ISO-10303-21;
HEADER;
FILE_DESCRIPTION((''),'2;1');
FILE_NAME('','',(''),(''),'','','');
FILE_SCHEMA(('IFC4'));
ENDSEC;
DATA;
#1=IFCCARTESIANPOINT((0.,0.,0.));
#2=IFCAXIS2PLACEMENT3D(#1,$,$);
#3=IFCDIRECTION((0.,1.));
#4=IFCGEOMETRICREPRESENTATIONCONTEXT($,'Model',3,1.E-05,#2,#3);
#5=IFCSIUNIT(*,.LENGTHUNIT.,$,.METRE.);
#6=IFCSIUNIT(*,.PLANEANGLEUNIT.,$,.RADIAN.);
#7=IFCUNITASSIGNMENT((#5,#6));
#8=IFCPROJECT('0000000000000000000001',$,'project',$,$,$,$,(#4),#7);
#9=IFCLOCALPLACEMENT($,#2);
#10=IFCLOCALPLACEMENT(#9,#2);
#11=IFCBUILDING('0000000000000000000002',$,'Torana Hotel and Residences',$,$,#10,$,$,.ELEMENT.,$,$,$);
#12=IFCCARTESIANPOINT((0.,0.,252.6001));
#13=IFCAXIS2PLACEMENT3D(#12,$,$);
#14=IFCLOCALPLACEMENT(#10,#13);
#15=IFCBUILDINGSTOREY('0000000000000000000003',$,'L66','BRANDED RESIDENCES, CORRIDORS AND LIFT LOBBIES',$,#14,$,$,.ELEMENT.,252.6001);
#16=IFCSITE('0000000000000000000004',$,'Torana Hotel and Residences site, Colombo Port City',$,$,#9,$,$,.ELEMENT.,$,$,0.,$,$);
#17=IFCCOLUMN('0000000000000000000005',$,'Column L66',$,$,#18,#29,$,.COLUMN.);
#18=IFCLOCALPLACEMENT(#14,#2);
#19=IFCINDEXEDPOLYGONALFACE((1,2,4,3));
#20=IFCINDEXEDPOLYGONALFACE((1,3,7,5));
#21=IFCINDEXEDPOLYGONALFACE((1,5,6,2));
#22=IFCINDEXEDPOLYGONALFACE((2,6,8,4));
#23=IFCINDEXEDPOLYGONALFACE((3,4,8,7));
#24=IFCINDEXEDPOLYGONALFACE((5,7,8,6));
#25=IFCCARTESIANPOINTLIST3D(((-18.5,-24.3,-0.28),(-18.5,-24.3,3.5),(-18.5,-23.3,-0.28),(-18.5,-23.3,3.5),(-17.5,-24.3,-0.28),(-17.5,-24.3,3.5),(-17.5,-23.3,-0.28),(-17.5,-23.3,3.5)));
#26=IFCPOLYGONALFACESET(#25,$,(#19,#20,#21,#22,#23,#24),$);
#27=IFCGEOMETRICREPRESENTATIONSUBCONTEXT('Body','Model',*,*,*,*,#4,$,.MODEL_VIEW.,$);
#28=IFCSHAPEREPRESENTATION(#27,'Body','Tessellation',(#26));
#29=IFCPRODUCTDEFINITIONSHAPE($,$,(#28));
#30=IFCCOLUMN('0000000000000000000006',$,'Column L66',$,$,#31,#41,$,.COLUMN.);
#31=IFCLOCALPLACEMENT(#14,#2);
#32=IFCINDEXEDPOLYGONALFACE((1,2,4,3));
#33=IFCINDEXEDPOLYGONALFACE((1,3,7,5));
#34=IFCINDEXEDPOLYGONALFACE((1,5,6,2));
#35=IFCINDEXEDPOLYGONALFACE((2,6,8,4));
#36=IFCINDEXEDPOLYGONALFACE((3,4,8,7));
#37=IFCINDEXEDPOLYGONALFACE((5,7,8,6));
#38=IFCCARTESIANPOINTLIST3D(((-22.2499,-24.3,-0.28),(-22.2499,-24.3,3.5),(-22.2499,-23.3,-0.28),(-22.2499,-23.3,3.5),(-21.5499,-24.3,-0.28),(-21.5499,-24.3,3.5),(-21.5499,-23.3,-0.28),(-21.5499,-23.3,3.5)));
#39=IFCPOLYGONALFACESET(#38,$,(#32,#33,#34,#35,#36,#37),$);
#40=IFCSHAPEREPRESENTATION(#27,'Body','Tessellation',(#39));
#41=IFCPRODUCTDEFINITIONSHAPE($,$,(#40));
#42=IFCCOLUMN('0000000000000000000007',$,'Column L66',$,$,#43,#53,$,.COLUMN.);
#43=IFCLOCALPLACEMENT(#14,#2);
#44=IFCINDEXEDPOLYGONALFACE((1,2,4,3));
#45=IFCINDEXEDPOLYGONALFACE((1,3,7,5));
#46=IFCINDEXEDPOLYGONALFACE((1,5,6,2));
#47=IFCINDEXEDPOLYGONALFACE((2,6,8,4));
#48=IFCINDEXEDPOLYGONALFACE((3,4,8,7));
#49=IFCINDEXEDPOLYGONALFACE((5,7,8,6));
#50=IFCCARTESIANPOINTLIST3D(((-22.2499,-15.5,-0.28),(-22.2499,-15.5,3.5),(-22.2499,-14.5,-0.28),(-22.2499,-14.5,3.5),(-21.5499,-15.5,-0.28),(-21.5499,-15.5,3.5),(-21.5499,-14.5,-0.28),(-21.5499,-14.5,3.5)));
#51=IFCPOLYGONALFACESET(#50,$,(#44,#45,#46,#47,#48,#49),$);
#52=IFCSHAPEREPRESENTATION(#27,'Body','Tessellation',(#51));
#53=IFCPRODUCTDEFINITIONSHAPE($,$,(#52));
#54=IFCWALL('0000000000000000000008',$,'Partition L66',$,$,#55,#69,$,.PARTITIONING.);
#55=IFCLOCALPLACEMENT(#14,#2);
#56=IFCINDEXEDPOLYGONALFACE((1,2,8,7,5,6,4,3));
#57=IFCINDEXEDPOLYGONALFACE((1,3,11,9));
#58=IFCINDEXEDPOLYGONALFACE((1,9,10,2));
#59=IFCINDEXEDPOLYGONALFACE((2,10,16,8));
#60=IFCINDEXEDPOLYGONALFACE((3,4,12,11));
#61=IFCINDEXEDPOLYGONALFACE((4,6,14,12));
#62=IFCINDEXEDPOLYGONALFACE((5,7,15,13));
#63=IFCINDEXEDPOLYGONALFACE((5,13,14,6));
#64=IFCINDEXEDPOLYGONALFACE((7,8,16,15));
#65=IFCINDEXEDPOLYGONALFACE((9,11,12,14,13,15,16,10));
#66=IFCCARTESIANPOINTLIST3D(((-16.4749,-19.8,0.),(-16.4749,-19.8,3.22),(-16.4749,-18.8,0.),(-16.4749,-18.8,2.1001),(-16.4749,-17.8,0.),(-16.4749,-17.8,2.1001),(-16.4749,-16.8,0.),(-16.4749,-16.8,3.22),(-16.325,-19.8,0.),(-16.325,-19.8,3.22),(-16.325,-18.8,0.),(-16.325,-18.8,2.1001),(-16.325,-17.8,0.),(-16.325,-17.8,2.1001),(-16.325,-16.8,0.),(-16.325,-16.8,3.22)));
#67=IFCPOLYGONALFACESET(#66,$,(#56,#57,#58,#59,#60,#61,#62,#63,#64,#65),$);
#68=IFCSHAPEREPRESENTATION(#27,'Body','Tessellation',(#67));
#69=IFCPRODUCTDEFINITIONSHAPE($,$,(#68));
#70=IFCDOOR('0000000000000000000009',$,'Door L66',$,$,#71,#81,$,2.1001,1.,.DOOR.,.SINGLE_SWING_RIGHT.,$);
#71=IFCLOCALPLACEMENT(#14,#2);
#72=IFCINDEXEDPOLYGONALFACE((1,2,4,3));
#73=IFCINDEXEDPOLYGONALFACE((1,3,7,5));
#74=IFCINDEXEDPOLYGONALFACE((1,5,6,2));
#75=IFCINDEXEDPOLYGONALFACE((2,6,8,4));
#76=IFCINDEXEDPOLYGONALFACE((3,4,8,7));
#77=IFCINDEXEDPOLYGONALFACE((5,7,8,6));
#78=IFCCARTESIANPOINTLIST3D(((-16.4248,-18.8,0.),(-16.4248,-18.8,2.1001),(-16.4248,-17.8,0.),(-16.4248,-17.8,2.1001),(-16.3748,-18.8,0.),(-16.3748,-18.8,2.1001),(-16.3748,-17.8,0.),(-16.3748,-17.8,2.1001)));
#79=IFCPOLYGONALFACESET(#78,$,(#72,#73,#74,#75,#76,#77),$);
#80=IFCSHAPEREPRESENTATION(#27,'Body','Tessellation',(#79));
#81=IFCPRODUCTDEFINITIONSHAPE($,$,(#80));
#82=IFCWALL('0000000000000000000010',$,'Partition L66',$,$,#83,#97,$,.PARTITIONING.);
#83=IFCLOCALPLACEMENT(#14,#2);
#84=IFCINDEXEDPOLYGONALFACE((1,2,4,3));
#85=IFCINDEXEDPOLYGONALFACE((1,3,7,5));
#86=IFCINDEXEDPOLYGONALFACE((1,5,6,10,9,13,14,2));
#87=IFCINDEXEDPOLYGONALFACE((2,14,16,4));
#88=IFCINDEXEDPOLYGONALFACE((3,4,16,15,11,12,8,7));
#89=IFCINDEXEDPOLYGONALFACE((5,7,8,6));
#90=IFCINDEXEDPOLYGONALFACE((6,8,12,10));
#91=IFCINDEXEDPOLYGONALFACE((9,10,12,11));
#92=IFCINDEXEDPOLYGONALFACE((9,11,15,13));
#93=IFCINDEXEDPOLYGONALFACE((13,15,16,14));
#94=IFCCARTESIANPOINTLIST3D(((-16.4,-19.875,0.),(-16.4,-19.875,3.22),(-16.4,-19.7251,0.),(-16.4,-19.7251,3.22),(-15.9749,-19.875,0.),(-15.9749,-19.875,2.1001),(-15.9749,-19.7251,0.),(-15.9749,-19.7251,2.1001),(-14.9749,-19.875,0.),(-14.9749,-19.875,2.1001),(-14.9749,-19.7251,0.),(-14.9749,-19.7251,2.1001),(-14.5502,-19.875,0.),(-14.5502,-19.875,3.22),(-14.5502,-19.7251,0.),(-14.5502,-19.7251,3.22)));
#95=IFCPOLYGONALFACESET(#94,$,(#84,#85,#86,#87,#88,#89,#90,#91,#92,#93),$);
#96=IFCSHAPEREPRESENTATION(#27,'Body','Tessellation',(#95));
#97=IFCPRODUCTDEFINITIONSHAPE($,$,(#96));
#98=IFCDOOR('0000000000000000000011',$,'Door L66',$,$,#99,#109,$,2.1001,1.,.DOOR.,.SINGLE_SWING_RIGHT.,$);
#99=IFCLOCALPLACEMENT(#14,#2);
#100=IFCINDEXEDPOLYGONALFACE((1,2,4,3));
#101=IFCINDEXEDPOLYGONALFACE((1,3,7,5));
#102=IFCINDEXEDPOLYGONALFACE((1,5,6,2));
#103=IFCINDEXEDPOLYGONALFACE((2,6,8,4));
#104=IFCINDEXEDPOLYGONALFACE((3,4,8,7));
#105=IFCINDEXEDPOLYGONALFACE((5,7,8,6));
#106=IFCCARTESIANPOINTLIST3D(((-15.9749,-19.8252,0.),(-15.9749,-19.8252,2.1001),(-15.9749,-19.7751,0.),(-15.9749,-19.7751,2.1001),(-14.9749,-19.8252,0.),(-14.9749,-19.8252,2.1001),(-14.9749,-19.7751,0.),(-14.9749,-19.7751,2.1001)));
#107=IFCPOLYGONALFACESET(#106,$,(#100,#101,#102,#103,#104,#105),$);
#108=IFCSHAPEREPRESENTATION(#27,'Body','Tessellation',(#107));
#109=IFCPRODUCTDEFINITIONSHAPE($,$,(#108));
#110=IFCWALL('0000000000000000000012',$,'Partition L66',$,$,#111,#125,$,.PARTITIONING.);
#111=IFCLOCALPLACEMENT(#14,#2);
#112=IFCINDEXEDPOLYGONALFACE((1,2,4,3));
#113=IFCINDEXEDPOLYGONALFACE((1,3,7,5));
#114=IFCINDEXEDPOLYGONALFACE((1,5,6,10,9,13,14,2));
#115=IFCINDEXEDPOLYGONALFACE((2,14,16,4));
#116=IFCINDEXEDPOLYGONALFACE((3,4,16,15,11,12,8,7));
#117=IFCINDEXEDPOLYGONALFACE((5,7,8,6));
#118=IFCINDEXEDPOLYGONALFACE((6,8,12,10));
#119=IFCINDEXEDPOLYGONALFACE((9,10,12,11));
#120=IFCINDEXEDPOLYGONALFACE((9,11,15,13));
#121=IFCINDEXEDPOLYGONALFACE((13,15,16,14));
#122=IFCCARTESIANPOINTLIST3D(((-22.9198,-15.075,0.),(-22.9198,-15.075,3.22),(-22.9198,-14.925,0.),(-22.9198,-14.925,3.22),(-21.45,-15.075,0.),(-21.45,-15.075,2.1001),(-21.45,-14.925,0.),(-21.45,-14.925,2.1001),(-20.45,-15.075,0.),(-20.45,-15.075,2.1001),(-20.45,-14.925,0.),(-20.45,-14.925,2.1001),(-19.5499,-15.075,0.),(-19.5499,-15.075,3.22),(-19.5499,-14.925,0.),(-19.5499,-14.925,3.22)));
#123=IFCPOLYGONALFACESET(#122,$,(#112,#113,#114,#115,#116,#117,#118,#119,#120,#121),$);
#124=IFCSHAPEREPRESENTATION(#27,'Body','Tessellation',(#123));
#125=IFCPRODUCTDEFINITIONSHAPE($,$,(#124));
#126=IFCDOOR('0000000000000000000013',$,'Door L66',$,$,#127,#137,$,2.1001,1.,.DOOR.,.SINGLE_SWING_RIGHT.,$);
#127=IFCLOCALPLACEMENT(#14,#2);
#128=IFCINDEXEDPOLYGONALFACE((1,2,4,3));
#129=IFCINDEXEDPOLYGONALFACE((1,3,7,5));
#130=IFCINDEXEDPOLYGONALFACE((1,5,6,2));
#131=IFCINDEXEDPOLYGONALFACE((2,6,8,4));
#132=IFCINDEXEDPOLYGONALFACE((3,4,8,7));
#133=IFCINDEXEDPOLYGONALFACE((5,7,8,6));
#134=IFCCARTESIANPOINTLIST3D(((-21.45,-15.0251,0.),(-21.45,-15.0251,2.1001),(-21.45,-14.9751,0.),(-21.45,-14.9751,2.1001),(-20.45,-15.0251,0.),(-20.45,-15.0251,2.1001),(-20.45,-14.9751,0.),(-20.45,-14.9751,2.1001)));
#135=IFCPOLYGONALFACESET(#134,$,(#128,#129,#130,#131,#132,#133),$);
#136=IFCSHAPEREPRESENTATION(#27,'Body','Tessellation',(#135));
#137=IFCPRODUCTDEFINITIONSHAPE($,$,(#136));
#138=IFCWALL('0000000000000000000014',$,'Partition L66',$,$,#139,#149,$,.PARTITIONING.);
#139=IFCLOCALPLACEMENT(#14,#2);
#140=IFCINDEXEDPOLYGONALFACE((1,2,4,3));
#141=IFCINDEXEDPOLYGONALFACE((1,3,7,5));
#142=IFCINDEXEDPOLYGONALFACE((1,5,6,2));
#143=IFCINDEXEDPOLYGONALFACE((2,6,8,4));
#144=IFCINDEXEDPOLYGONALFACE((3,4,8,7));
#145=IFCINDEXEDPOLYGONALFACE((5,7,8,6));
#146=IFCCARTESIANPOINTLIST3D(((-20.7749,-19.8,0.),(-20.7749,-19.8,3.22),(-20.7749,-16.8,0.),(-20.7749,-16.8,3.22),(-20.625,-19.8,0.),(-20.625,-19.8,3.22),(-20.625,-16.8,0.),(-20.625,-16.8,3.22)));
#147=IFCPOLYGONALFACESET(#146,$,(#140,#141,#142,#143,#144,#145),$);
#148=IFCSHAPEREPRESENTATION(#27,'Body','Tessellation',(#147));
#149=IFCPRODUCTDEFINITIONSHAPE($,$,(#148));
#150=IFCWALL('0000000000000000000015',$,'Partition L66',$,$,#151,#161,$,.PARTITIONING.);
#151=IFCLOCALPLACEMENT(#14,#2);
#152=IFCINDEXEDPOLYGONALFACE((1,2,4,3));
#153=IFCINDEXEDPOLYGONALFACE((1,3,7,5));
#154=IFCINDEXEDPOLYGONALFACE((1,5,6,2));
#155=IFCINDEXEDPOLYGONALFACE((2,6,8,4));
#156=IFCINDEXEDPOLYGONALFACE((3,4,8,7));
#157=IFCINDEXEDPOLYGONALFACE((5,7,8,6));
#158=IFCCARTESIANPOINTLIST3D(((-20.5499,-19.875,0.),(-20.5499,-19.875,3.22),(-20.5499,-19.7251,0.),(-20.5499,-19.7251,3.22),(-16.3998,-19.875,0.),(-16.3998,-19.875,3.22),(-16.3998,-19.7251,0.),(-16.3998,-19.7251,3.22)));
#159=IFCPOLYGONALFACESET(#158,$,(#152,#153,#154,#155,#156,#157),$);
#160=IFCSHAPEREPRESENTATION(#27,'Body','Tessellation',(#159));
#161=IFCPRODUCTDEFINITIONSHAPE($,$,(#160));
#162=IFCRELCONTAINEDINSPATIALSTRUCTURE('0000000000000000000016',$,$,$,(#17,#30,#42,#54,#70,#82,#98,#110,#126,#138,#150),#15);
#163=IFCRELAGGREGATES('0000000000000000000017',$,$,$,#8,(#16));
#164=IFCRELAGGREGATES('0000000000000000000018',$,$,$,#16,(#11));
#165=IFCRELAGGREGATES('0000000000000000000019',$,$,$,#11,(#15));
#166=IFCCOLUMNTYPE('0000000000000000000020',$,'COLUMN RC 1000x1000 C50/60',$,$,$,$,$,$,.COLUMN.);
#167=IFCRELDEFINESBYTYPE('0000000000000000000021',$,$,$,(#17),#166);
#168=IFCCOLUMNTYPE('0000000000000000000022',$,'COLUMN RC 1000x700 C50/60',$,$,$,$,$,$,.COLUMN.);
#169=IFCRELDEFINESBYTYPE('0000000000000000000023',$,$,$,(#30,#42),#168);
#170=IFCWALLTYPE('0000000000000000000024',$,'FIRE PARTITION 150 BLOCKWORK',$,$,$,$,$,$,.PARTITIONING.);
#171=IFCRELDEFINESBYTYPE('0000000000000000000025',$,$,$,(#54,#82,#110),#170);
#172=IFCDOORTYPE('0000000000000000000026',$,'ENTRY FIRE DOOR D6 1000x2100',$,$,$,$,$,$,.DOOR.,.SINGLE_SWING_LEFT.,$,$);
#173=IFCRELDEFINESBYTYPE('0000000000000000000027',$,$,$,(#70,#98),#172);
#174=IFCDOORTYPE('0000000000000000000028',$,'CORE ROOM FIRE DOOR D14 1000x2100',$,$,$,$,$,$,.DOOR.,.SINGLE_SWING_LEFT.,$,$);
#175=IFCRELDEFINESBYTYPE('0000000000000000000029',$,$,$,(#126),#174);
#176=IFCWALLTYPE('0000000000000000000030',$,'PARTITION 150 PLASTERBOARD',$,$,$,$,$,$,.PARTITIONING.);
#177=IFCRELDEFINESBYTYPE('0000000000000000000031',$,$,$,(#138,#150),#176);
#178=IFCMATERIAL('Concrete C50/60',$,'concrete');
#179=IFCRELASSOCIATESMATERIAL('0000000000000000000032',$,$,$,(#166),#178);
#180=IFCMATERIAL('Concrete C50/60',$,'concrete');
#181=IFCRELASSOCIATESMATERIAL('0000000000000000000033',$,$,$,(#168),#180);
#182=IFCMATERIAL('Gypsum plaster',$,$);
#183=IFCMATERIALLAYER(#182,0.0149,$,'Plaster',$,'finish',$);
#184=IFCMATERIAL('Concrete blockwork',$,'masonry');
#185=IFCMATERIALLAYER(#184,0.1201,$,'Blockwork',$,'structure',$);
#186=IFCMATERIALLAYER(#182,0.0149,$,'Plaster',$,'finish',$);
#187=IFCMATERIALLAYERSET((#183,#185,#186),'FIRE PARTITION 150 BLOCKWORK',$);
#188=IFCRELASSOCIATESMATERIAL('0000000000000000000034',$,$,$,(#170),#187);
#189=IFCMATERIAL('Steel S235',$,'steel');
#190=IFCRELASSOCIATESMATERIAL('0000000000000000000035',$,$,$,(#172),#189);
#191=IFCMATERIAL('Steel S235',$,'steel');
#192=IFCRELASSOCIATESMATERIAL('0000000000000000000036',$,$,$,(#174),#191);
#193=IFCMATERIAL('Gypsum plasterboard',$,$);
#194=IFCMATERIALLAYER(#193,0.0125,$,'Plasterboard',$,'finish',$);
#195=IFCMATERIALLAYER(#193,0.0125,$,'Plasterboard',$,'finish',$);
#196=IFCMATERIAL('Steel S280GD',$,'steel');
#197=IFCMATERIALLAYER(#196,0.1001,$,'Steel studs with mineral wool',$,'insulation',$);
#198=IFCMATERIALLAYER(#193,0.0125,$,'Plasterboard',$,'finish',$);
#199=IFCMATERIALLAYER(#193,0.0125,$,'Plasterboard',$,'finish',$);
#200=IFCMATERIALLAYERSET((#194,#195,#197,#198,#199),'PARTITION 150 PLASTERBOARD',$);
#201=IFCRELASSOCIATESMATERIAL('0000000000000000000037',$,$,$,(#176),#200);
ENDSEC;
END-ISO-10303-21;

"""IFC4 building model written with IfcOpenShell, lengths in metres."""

from ifc_helpers import new_model, si_unit, direction, frame, frame_2d, origin, origin_2d, place, context, subcontext, project, spatial, rectangle, extrude, material, layer, layer_set, material_profile, profile_set, type_object, element, fill, save


model = new_model("IFC4")

# Units and contexts
model_context = context("Model", 3, precision=1e-05, world=origin(), true_north=direction((0.0, 1.0)))
body_context = subcontext(model_context, "Body", "Model", "MODEL_VIEW")
ifc_project = project(units=[si_unit("LENGTHUNIT", "METRE"), si_unit("PLANEANGLEUNIT", "RADIAN")], contexts=[model_context])

# Site, building, storey
site_placement = place(None, origin())
site = spatial("IfcSite", under=ifc_project, at=site_placement, Name="Torana Hotel and Residences site, Colombo Port City", CompositionType="ELEMENT", RefElevation=0.0)
building_placement = place(site_placement, origin())
building = spatial("IfcBuilding", under=site, at=building_placement, Name="Torana Hotel and Residences", CompositionType="ELEMENT")
storey_placement = place(building_placement, frame((0.0, 0.0, 252.6001)))
storey = spatial("IfcBuildingStorey", under=building, at=storey_placement, Name="L66", Description="BRANDED RESIDENCES, CORRIDORS AND LIFT LOBBIES", CompositionType="ELEMENT", Elevation=252.6001)

# Columns
ifc_material_1 = material(Name="Concrete C50/60", Category="concrete")
ifc_material_profile_1 = material_profile(ifc_material_1, rectangle(XDim=1.0, YDim=1.0, at=origin_2d()), Name="RC 1000x1000")
ifc_profile_set_1 = profile_set([ifc_material_profile_1], Name="Concrete C50/60")
column_type_1 = type_object("IfcColumnType", Name="COLUMN RC 1000x1000 C50/60", PredefinedType="COLUMN", material=ifc_profile_set_1)
column_placement = place(storey_placement, frame((-18.0, -23.8, -0.28), z_axis=(0.0, 0.0, 1.0), x_axis=(1.0, 0.0, 0.0)))
element("IfcColumn", 1, at=column_placement, inside=storey, type_object=column_type_1, Name="Column L66", PredefinedType="COLUMN", context=body_context, shape_type="SweptSolid", body=[
    extrude(rectangle(XDim=1.0, YDim=1.0, at=origin_2d()), origin(), (0.0, 0.0, 1.0), 3.78),
])
ifc_material_2 = material(Name="Concrete C50/60", Category="concrete")
ifc_material_profile_2 = material_profile(ifc_material_2, rectangle(XDim=1.0, YDim=0.7, at=origin_2d()), Name="RC 1000x700")
ifc_profile_set_2 = profile_set([ifc_material_profile_2], Name="Concrete C50/60")
column_type_2 = type_object("IfcColumnType", Name="COLUMN RC 1000x700 C50/60", PredefinedType="COLUMN", material=ifc_profile_set_2)
for number, where, z_axis, x_axis, name in (
    (2, (-21.8999, -23.8, -0.28), (0.0, 0.0, 1.0), (0.0, 1.0, 0.0), "Column L66"),
    (3, (-21.8999, -15.0, -0.28), (0.0, 0.0, 1.0), (0.0, 1.0, 0.0), "Column L66"),
):
    element("IfcColumn", number, at=place(storey_placement, frame(where, z_axis=z_axis, x_axis=x_axis)), inside=storey, type_object=column_type_2, Name=name, PredefinedType="COLUMN", context=body_context, shape_type="SweptSolid", body=[
        extrude(rectangle(XDim=1.0, YDim=0.7, at=origin_2d()), origin(), (0.0, 0.0, 1.0), 3.78),
    ])

# Walls, openings, doors
ifc_material_3 = material(Name="Gypsum plaster")
ifc_layer_1 = layer(ifc_material_3, 0.0149, Name="Plaster", Category="finish")
ifc_material_4 = material(Name="Concrete blockwork", Category="masonry")
ifc_layer_2 = layer(ifc_material_4, 0.1201, Name="Blockwork", Category="structure")
ifc_layer_3 = layer(ifc_material_3, 0.0149, Name="Plaster", Category="finish")
ifc_layer_set_1 = layer_set([ifc_layer_1, ifc_layer_2, ifc_layer_3], Name="FIRE PARTITION 150 BLOCKWORK")
wall_type_1 = type_object("IfcWallType", Name="FIRE PARTITION 150 BLOCKWORK", PredefinedType="PARTITIONING", material=ifc_layer_set_1)
wall_1_placement = place(storey_placement, frame((-16.3999, -19.8, 0.0), z_axis=(0.0, 0.0, 1.0), x_axis=(0.0, 1.0, 0.0)))
wall_1 = element("IfcWall", 4, at=wall_1_placement, inside=storey, type_object=wall_type_1, Name="Partition L66", PredefinedType="PARTITIONING", context=body_context, shape_type="SweptSolid", body=[
    extrude(rectangle(XDim=3.0, YDim=0.1499, at=frame_2d((1.5, 0.0))), origin(), (0.0, 0.0, 1.0), 3.22),
])
opening_1_placement = place(wall_1_placement, frame((1.0, 0.0, 0.0)))
opening_1 = element("IfcOpeningElement", 5, at=opening_1_placement, cuts=wall_1, PredefinedType="OPENING", context=body_context, shape_type="SweptSolid", body=[
    extrude(rectangle(XDim=1.0, YDim=2.1001, at=frame_2d((0.5, 1.05))), frame((0.0, 0.085, 0.0), z_axis=(0.0, -1.0, 0.0), x_axis=(1.0, 0.0, 0.0)), (0.0, 0.0, 1.0), 0.1699),
])
ifc_material_5 = material(Name="Steel S235", Category="steel")
door_type_1 = type_object("IfcDoorType", Name="ENTRY FIRE DOOR D6 1000x2100", OperationType="SINGLE_SWING_LEFT", PredefinedType="DOOR", material=ifc_material_5)
door_1_placement = place(opening_1_placement, origin())
door_1 = element("IfcDoor", 6, at=door_1_placement, inside=storey, type_object=door_type_1, Name="Door L66", OperationType="SINGLE_SWING_RIGHT", OverallHeight=2.1001, OverallWidth=1.0, PredefinedType="DOOR", context=body_context, shape_type="SweptSolid", body=[
    extrude(rectangle(XDim=1.0, YDim=2.1001, at=frame_2d((0.5, 1.05))), frame((0.0, 0.0249, 0.0), z_axis=(0.0, -1.0, 0.0), x_axis=(1.0, 0.0, 0.0)), (0.0, 0.0, 1.0), 0.05),
])
fill(opening_1, door_1)
wall_2_placement = place(storey_placement, frame((-16.3999, -19.8, 0.0), z_axis=(0.0, 0.0, 1.0), x_axis=(1.0, 0.0, 0.0)))
wall_2 = element("IfcWall", 7, at=wall_2_placement, inside=storey, type_object=wall_type_1, Name="Partition L66", PredefinedType="PARTITIONING", context=body_context, shape_type="SweptSolid", body=[
    extrude(rectangle(XDim=1.8499, YDim=0.1499, at=frame_2d((0.9248, 0.0))), origin(), (0.0, 0.0, 1.0), 3.22),
])
opening_2_placement = place(wall_2_placement, frame((0.425, 0.0, 0.0)))
opening_2 = element("IfcOpeningElement", 8, at=opening_2_placement, cuts=wall_2, PredefinedType="OPENING", context=body_context, shape_type="SweptSolid", body=[
    extrude(rectangle(XDim=1.0, YDim=2.1001, at=frame_2d((0.5, 1.05))), frame((0.0, 0.085, 0.0), z_axis=(0.0, -1.0, 0.0), x_axis=(1.0, 0.0, 0.0)), (0.0, 0.0, 1.0), 0.1699),
])
door_2_placement = place(opening_2_placement, frame((0.5, 0.0, 0.0), z_axis=(0.0, 0.0, 1.0), x_axis=(-1.0, 0.0, 0.0)))
door_2 = element("IfcDoor", 9, at=door_2_placement, inside=storey, type_object=door_type_1, Name="Door L66", OperationType="SINGLE_SWING_RIGHT", OverallHeight=2.1001, OverallWidth=1.0, PredefinedType="DOOR", context=body_context, shape_type="SweptSolid", body=[
    extrude(rectangle(XDim=1.0, YDim=2.1001, at=frame_2d((0.0, 1.05))), frame((0.0, -0.0249, 0.0), z_axis=(0.0, 1.0, 0.0), x_axis=(-1.0, 0.0, 0.0)), (0.0, 0.0, 1.0), 0.05),
])
fill(opening_2, door_2)
wall_3_placement = place(storey_placement, frame((-22.9199, -15.0, 0.0), z_axis=(0.0, 0.0, 1.0), x_axis=(1.0, 0.0, 0.0)))
wall_3 = element("IfcWall", 10, at=wall_3_placement, inside=storey, type_object=wall_type_1, Name="Partition L66", PredefinedType="PARTITIONING", context=body_context, shape_type="SweptSolid", body=[
    extrude(rectangle(XDim=3.3699, YDim=0.1499, at=frame_2d((1.6851, 0.0))), origin(), (0.0, 0.0, 1.0), 3.22),
])
opening_3_placement = place(wall_3_placement, frame((1.47, 0.0, 0.0)))
opening_3 = element("IfcOpeningElement", 11, at=opening_3_placement, cuts=wall_3, PredefinedType="OPENING", context=body_context, shape_type="SweptSolid", body=[
    extrude(rectangle(XDim=1.0, YDim=2.1001, at=frame_2d((0.5, 1.05))), frame((0.0, 0.085, 0.0), z_axis=(0.0, -1.0, 0.0), x_axis=(1.0, 0.0, 0.0)), (0.0, 0.0, 1.0), 0.1699),
])
ifc_material_6 = material(Name="Steel S235", Category="steel")
door_type_2 = type_object("IfcDoorType", Name="CORE ROOM FIRE DOOR D14 1000x2100", OperationType="SINGLE_SWING_LEFT", PredefinedType="DOOR", material=ifc_material_6)
door_3_placement = place(opening_3_placement, origin())
door_3 = element("IfcDoor", 12, at=door_3_placement, inside=storey, type_object=door_type_2, Name="Door L66", OperationType="SINGLE_SWING_RIGHT", OverallHeight=2.1001, OverallWidth=1.0, PredefinedType="DOOR", context=body_context, shape_type="SweptSolid", body=[
    extrude(rectangle(XDim=1.0, YDim=2.1001, at=frame_2d((0.5, 1.05))), frame((0.0, 0.0249, 0.0), z_axis=(0.0, -1.0, 0.0), x_axis=(1.0, 0.0, 0.0)), (0.0, 0.0, 1.0), 0.05),
])
fill(opening_3, door_3)

# Walls
ifc_material_7 = material(Name="Gypsum plasterboard")
ifc_layer_4 = layer(ifc_material_7, 0.0125, Name="Plasterboard", Category="finish")
ifc_layer_5 = layer(ifc_material_7, 0.0125, Name="Plasterboard", Category="finish")
ifc_material_8 = material(Name="Steel S280GD", Category="steel")
ifc_layer_6 = layer(ifc_material_8, 0.1001, Name="Steel studs with mineral wool", Category="insulation")
ifc_layer_7 = layer(ifc_material_7, 0.0125, Name="Plasterboard", Category="finish")
ifc_layer_8 = layer(ifc_material_7, 0.0125, Name="Plasterboard", Category="finish")
ifc_layer_set_2 = layer_set([ifc_layer_4, ifc_layer_5, ifc_layer_6, ifc_layer_7, ifc_layer_8], Name="PARTITION 150 PLASTERBOARD")
wall_type_2 = type_object("IfcWallType", Name="PARTITION 150 PLASTERBOARD", PredefinedType="PARTITIONING", material=ifc_layer_set_2)
wall_4_placement = place(storey_placement, frame((-20.7, -19.8, 0.0), z_axis=(0.0, 0.0, 1.0), x_axis=(0.0, 1.0, 0.0)))
element("IfcWall", 13, at=wall_4_placement, inside=storey, type_object=wall_type_2, Name="Partition L66", PredefinedType="PARTITIONING", context=body_context, shape_type="SweptSolid", body=[
    extrude(rectangle(XDim=3.0, YDim=0.1499, at=frame_2d((1.5, 0.0))), origin(), (0.0, 0.0, 1.0), 3.22),
])
wall_5_placement = place(storey_placement, frame((-20.55, -19.8, 0.0), z_axis=(0.0, 0.0, 1.0), x_axis=(1.0, 0.0, 0.0)))
element("IfcWall", 14, at=wall_5_placement, inside=storey, type_object=wall_type_2, Name="Partition L66", PredefinedType="PARTITIONING", context=body_context, shape_type="SweptSolid", body=[
    extrude(rectangle(XDim=4.1501, YDim=0.1499, at=frame_2d((2.0752, 0.0))), origin(), (0.0, 0.0, 1.0), 3.22),
])

save(model, "model.ifc")
